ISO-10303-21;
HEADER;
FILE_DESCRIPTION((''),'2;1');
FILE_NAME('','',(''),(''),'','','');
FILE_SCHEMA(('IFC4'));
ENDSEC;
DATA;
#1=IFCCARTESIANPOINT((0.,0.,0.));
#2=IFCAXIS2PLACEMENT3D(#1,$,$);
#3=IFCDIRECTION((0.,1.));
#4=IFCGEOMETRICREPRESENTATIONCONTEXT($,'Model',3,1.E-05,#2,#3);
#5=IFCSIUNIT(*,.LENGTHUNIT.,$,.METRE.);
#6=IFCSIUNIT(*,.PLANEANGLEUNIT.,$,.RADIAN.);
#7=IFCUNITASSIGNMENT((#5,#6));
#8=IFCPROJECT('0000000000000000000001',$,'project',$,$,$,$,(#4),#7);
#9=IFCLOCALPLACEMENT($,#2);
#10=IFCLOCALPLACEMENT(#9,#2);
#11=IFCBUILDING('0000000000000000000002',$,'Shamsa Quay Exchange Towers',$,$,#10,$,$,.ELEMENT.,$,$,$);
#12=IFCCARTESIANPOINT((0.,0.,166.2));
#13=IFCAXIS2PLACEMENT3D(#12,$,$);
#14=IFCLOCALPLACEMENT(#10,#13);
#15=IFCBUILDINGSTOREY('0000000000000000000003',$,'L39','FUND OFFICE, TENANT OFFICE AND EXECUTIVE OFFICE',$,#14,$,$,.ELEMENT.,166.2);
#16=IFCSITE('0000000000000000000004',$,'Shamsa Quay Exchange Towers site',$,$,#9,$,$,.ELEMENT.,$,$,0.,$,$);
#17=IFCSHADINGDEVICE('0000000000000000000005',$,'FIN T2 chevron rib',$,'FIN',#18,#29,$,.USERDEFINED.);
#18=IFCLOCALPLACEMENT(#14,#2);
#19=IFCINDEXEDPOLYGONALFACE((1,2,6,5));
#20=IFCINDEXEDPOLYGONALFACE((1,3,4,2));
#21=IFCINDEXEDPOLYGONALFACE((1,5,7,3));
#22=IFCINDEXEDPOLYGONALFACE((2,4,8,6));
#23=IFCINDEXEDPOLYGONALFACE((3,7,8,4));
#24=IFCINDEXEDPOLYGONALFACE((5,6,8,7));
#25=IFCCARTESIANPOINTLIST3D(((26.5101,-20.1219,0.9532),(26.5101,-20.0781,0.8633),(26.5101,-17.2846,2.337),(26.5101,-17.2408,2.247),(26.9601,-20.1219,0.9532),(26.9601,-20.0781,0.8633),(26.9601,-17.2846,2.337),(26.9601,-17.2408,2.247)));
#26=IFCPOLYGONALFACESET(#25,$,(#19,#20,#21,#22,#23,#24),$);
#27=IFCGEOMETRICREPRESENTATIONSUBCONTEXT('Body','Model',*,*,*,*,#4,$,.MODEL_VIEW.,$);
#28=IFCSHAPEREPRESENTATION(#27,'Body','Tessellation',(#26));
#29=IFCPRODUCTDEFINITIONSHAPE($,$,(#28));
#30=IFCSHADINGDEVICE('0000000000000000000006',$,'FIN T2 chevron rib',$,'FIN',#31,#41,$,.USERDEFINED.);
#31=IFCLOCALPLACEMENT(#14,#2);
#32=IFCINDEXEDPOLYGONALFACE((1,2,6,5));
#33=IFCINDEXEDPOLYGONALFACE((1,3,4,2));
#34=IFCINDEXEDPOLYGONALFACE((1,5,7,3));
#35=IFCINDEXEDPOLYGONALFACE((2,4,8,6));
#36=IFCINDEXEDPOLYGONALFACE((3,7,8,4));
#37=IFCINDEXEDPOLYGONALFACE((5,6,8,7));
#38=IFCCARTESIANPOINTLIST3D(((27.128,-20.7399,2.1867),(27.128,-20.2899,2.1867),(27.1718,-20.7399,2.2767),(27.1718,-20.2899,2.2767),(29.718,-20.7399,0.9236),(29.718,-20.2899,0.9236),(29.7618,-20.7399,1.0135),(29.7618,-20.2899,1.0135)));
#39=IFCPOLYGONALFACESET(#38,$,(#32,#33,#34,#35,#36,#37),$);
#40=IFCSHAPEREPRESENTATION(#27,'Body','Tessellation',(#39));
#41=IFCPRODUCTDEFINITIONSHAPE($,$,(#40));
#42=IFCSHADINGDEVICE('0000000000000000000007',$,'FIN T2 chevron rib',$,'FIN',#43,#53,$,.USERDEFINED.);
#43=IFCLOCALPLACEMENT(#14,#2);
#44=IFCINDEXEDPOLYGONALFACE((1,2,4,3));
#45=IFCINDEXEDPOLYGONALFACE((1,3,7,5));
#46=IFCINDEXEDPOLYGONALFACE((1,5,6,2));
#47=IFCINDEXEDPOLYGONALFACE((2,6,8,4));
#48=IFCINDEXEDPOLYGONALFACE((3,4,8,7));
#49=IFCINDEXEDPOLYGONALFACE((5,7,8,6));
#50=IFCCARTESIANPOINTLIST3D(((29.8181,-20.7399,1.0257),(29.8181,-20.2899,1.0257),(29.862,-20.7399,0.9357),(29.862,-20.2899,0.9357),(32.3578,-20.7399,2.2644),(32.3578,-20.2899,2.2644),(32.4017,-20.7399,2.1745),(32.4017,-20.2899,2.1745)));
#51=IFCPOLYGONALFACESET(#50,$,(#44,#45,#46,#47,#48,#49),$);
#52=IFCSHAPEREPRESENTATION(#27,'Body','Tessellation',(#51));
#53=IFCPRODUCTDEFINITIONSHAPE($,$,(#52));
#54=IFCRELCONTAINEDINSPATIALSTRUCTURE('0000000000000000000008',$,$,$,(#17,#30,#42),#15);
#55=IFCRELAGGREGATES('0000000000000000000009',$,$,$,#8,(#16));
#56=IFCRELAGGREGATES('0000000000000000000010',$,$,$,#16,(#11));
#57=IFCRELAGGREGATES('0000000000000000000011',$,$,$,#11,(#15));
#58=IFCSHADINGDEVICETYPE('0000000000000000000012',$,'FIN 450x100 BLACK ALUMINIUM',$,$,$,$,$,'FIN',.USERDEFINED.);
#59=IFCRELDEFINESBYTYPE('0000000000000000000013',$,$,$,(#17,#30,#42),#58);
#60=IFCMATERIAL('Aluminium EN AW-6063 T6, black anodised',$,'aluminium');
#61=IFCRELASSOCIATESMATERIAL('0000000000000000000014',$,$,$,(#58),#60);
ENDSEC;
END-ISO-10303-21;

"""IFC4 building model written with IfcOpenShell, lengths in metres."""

from ifc_helpers import new_model, si_unit, direction, frame, origin, origin_2d, place, context, subcontext, project, spatial, rectangle, extrude, material, material_profile, profile_set, type_object, element, save


model = new_model("IFC4")

# Units and contexts
model_context = context("Model", 3, precision=1e-05, world=origin(), true_north=direction((0.0, 1.0)))
body_context = subcontext(model_context, "Body", "Model", "MODEL_VIEW")
ifc_project = project(units=[si_unit("LENGTHUNIT", "METRE"), si_unit("PLANEANGLEUNIT", "RADIAN")], contexts=[model_context])

# Site, building, storey
site_placement = place(None, origin())
site = spatial("IfcSite", under=ifc_project, at=site_placement, Name="Shamsa Quay Exchange Towers site", CompositionType="ELEMENT", RefElevation=0.0)
building_placement = place(site_placement, origin())
building = spatial("IfcBuilding", under=site, at=building_placement, Name="Shamsa Quay Exchange Towers", CompositionType="ELEMENT")
storey_placement = place(building_placement, frame((0.0, 0.0, 166.2)))
storey = spatial("IfcBuildingStorey", under=building, at=storey_placement, Name="L39", Description="FUND OFFICE, TENANT OFFICE AND EXECUTIVE OFFICE", CompositionType="ELEMENT", Elevation=166.2)

# Shared definitions
ifc_material_1 = material(Name="Aluminium EN AW-6063 T6, black anodised", Category="aluminium")

# Shading devices
ifc_material_profile_1 = material_profile(ifc_material_1, rectangle(XDim=0.45, YDim=0.1001, at=origin_2d()), Name="FIN450x100")
ifc_profile_set_1 = profile_set([ifc_material_profile_1], Name="Aluminium EN AW-6063 T6, black anodised")
shading_device_type = type_object("IfcShadingDeviceType", Name="FIN 450x100 BLACK ALUMINIUM", ElementType="FIN", PredefinedType="USERDEFINED", material=ifc_profile_set_1)
shading_device_1_placement = place(storey_placement, frame((26.7351, -17.2627, 2.292), z_axis=(0.0, -0.898807, -0.438344), x_axis=(1.0, 0.0, 0.0)))
element("IfcShadingDevice", 1, at=shading_device_1_placement, inside=storey, type_object=shading_device_type, Name="FIN T2 chevron rib", ObjectType="FIN", PredefinedType="USERDEFINED", context=body_context, shape_type="SweptSolid", body=[
    extrude(rectangle(XDim=0.45, YDim=0.1001, at=origin_2d()), origin(), (0.0, 0.0, 1.0), 3.1567),
])
shading_device_2_placement = place(storey_placement, frame((27.1499, -20.5149, 2.2317), z_axis=(0.898806, 0.0, -0.438347), x_axis=(0.0, 1.0, 0.0)))
element("IfcShadingDevice", 2, at=shading_device_2_placement, inside=storey, type_object=shading_device_type, Name="FIN T2 chevron rib", ObjectType="FIN", PredefinedType="USERDEFINED", context=body_context, shape_type="SweptSolid", body=[
    extrude(rectangle(XDim=0.45, YDim=0.1001, at=origin_2d()), origin(), (0.0, 0.0, 1.0), 2.8816),
])
shading_device_3_placement = place(storey_placement, frame((29.8401, -20.5149, 0.9807), z_axis=(0.89879, 0.0, 0.438379), x_axis=(0.0, 1.0, 0.0)))
element("IfcShadingDevice", 3, at=shading_device_3_placement, inside=storey, type_object=shading_device_type, Name="FIN T2 chevron rib", ObjectType="FIN", PredefinedType="USERDEFINED", context=body_context, shape_type="SweptSolid", body=[
    extrude(rectangle(XDim=0.45, YDim=0.1001, at=origin_2d()), origin(), (0.0, 0.0, 1.0), 2.8257),
])

save(model, "model.ifc")
